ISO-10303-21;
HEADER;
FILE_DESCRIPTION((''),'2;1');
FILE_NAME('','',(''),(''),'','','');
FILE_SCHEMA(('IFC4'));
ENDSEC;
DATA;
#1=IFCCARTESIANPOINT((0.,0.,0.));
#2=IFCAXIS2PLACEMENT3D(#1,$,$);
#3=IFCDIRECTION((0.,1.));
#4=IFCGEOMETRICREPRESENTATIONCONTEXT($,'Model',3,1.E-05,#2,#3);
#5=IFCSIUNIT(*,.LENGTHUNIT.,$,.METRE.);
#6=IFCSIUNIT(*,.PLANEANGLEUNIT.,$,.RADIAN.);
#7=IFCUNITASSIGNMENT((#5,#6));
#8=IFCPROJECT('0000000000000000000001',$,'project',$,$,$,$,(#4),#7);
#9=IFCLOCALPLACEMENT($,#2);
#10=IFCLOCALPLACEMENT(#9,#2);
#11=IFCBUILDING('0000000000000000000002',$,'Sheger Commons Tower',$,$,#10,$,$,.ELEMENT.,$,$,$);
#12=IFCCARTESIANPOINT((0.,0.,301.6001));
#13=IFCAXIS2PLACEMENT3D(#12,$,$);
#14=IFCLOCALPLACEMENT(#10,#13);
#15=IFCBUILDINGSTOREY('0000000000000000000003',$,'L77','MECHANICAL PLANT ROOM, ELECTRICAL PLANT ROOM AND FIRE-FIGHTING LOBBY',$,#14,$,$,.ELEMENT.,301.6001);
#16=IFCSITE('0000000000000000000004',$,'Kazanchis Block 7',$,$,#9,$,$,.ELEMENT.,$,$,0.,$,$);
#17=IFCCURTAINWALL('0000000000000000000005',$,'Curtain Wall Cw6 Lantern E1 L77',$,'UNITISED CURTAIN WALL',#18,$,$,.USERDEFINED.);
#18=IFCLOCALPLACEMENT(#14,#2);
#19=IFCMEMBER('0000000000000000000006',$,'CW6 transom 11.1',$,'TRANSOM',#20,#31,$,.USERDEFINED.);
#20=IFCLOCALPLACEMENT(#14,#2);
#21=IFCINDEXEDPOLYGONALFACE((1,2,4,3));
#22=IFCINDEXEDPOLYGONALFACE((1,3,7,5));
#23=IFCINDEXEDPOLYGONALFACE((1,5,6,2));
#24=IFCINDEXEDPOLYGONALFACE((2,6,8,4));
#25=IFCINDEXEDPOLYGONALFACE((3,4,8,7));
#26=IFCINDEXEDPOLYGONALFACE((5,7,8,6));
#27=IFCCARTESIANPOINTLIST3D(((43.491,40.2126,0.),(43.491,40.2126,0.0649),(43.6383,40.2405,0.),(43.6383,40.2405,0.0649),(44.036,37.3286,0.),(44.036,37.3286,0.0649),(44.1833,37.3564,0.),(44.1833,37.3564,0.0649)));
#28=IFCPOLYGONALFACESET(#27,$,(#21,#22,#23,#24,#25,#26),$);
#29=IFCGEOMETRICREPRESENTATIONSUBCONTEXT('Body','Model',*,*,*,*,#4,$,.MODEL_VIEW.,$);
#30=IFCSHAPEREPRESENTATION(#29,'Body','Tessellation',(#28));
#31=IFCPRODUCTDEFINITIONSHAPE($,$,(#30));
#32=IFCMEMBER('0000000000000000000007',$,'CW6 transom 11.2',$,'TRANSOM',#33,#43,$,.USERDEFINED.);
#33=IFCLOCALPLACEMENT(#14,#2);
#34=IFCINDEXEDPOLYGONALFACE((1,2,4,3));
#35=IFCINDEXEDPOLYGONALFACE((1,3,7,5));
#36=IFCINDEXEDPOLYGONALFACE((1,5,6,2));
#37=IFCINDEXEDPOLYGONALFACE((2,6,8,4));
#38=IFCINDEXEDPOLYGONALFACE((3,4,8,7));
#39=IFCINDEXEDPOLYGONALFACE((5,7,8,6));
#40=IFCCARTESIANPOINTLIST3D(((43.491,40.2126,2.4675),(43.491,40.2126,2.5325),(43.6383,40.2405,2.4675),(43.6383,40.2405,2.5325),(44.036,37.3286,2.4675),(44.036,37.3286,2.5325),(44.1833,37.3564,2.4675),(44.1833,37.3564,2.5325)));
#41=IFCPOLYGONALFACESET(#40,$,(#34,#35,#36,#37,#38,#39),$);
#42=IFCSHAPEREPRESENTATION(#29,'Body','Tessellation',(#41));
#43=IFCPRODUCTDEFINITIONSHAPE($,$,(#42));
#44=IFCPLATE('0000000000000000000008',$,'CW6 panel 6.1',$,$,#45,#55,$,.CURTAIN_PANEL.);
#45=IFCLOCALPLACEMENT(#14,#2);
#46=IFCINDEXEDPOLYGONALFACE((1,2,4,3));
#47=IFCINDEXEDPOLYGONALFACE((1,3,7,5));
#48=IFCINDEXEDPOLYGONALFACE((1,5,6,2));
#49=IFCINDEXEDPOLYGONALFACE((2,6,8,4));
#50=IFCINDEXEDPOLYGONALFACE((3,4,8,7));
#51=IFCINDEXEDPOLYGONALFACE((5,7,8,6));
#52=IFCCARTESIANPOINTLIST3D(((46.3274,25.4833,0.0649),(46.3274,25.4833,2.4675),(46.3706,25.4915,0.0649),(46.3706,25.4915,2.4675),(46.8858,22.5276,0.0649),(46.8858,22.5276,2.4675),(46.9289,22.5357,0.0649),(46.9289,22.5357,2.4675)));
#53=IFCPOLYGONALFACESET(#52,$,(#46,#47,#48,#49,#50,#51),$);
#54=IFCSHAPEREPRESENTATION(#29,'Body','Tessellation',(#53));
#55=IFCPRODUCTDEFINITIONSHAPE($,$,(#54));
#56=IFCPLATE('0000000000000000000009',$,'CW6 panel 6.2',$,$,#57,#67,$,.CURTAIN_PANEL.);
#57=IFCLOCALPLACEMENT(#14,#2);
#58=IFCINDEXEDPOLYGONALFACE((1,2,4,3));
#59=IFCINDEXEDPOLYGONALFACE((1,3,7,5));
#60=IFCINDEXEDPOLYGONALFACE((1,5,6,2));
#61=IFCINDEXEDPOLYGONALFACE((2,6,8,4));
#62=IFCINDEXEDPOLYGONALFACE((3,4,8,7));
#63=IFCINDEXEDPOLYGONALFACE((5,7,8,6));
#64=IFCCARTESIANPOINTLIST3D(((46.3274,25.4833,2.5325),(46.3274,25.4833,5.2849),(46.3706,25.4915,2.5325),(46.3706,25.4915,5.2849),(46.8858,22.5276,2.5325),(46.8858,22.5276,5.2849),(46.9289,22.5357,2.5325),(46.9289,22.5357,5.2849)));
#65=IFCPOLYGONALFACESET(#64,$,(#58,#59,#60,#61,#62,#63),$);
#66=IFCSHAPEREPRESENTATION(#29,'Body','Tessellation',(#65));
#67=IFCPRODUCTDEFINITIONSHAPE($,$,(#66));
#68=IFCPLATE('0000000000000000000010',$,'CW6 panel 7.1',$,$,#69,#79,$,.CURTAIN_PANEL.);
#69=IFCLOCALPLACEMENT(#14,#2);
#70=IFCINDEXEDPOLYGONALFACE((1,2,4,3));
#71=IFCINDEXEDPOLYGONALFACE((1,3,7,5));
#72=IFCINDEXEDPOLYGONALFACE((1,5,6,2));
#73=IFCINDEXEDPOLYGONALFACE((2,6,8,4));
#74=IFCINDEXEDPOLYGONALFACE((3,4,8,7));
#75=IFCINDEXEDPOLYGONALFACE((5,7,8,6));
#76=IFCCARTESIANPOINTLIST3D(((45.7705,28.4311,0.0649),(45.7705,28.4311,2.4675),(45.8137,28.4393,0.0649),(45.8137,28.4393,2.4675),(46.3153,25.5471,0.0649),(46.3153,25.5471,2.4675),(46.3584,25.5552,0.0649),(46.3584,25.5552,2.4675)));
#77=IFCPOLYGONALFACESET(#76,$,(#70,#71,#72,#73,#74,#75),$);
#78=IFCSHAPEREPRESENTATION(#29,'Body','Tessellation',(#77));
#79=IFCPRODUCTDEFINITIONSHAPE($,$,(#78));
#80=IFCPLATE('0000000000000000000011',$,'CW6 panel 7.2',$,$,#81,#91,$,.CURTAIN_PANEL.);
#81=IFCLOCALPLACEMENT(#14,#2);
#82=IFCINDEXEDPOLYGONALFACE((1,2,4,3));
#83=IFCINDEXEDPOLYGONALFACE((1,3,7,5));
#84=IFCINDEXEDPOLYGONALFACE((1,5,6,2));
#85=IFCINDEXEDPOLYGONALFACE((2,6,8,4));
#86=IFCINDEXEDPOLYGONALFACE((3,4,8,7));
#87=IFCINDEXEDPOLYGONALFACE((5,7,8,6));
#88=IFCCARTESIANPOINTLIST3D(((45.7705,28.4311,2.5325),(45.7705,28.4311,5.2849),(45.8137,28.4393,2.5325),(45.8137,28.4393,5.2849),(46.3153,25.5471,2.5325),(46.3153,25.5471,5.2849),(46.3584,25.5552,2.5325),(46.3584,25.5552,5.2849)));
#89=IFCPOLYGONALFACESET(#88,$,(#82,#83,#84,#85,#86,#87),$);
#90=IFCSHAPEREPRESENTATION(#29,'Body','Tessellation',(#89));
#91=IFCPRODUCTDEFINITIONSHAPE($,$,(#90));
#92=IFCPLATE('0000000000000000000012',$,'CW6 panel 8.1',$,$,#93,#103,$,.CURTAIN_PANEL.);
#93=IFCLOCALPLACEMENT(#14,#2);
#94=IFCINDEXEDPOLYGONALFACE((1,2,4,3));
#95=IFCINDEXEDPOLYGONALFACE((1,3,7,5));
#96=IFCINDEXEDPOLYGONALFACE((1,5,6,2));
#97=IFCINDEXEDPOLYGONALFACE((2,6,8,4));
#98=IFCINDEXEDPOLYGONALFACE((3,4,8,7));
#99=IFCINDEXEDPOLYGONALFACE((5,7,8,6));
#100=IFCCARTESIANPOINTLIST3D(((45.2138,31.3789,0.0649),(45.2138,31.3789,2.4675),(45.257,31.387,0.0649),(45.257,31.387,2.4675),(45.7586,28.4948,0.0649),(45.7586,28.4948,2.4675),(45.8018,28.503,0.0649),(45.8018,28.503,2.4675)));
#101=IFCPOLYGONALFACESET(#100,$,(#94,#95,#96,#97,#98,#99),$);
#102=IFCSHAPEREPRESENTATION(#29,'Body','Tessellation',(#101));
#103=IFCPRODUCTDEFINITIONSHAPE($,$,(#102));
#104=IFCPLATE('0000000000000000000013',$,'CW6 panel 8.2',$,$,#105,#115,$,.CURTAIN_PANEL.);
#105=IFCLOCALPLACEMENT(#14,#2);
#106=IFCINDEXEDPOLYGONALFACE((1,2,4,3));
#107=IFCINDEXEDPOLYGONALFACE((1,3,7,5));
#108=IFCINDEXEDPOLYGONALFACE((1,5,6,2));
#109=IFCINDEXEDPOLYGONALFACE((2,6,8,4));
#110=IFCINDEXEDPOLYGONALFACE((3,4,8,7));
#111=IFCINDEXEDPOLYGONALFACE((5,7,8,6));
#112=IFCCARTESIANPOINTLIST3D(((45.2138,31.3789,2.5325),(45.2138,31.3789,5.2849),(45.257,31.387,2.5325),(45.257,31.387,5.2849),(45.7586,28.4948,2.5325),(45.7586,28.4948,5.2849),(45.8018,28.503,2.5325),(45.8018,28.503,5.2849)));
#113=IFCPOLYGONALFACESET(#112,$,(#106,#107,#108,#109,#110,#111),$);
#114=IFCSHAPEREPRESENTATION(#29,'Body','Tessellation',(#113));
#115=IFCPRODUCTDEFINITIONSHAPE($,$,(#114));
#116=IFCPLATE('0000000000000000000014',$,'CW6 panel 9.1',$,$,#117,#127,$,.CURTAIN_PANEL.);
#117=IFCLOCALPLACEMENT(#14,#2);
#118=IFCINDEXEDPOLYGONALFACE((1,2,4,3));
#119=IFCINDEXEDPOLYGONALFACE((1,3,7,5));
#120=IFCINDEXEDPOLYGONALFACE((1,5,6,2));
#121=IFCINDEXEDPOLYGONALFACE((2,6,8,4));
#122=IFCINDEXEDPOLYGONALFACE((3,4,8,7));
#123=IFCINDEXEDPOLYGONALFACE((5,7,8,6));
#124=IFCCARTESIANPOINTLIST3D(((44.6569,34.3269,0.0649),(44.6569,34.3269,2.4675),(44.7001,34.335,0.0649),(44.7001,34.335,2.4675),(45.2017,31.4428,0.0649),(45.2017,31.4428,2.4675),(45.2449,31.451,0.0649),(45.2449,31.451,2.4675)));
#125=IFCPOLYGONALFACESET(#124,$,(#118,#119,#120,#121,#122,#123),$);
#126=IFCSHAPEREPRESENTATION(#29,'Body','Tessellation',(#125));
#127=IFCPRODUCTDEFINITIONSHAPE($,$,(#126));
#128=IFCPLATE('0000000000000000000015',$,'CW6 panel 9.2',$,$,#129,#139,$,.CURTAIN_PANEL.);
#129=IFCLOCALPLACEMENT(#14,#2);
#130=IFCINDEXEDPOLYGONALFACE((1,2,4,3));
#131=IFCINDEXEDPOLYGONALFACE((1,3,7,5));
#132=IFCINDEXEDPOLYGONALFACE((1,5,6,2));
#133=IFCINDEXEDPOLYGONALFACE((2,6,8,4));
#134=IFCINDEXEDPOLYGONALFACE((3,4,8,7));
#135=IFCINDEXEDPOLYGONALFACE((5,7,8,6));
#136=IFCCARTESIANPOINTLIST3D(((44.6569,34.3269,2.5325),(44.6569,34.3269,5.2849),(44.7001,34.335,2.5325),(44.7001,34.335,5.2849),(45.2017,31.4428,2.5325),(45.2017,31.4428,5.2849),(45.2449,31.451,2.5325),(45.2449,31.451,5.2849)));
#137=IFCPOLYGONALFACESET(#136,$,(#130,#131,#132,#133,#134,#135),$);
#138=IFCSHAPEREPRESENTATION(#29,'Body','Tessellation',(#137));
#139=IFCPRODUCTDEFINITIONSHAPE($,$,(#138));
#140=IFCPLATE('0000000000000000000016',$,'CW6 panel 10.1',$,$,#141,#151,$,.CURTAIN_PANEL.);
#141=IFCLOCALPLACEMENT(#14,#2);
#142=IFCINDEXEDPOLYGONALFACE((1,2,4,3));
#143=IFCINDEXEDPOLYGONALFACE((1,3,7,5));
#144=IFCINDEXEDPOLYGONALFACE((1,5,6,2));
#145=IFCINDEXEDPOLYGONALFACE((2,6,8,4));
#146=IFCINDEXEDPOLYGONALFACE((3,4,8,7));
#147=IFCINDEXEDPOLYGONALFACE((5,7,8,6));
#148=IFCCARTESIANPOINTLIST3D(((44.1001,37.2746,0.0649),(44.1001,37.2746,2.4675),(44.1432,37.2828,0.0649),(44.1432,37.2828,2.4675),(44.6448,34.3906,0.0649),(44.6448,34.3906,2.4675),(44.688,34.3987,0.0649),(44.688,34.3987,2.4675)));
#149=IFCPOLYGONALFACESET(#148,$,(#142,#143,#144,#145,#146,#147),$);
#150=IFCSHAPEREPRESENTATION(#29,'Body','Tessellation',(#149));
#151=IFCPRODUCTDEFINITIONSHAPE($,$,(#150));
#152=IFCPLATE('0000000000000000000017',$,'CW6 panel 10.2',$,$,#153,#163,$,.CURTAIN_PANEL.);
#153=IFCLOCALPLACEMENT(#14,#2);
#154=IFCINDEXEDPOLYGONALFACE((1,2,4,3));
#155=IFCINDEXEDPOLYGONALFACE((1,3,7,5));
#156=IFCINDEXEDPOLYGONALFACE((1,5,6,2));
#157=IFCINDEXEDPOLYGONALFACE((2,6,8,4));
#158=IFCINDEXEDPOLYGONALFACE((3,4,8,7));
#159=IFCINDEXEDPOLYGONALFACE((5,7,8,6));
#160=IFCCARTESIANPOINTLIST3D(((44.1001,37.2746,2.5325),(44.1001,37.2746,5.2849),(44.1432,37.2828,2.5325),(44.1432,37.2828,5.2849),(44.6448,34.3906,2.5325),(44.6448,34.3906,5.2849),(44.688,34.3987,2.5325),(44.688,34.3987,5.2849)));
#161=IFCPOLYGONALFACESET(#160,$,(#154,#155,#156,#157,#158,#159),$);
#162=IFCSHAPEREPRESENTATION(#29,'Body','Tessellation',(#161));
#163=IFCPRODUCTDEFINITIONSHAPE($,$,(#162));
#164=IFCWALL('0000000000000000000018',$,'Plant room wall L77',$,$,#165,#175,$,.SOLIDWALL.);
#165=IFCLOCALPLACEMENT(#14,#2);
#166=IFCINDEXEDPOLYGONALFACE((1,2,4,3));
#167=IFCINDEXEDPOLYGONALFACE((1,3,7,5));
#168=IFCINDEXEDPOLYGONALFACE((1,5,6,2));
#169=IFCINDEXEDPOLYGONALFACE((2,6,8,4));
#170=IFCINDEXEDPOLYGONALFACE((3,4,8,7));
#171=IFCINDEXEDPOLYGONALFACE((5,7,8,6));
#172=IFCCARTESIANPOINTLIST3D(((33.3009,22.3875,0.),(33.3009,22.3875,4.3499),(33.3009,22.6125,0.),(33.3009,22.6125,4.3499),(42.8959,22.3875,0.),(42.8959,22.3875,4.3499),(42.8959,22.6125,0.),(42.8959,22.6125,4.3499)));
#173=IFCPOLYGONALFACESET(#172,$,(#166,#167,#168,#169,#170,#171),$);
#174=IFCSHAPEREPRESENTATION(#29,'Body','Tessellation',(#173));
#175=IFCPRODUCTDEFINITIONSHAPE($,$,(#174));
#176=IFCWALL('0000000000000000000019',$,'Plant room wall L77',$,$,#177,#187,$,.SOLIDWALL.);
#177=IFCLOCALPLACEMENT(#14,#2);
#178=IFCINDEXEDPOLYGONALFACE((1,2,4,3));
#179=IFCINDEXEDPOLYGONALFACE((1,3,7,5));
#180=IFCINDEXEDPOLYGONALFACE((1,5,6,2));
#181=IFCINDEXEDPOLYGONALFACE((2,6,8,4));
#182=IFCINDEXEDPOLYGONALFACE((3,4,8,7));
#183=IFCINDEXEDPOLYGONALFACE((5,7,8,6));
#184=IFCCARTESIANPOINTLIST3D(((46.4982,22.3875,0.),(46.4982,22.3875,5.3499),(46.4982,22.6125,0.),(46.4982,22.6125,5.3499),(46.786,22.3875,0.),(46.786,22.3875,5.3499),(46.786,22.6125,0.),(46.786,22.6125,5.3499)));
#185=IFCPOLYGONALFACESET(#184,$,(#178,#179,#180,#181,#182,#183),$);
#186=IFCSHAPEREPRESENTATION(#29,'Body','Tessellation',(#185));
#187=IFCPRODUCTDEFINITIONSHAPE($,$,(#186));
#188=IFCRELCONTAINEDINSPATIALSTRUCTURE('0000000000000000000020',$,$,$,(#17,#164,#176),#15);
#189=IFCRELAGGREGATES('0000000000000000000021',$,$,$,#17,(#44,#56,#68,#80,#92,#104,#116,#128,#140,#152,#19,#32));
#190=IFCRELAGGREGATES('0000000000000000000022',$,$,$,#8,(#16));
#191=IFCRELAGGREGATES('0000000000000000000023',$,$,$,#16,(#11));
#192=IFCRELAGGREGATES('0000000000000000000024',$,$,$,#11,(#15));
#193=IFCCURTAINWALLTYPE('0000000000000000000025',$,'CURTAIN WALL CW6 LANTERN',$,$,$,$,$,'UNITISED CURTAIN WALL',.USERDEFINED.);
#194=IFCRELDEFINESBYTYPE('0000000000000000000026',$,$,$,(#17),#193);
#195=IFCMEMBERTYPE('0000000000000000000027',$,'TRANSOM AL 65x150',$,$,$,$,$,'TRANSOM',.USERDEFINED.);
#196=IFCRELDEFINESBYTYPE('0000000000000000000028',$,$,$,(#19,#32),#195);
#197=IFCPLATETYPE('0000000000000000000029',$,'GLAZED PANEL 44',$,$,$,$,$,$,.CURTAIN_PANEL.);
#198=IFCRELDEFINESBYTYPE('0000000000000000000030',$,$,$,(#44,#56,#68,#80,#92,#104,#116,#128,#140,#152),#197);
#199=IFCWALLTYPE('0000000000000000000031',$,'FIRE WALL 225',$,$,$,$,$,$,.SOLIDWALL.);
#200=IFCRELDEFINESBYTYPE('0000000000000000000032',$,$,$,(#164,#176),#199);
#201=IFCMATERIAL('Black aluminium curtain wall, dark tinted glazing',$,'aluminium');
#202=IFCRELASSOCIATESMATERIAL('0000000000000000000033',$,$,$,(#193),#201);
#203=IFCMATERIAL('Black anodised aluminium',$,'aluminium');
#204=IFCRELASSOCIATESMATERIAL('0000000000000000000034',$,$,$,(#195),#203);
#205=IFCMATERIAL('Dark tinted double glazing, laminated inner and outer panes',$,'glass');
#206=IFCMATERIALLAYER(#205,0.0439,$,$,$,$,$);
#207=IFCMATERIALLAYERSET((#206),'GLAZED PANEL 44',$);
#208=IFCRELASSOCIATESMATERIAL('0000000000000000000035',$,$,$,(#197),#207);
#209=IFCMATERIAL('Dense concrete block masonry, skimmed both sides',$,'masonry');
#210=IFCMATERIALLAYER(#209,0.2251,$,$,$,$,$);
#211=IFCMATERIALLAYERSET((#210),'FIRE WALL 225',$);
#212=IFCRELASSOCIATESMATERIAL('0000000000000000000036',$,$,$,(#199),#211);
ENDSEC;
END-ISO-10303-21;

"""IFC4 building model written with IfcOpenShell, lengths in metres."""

from ifc_helpers import new_model, si_unit, direction, frame, frame_2d, origin, origin_2d, place, context, subcontext, project, spatial, rectangle, extrude, material, layer, layer_set, material_profile, profile_set, type_object, element, aggregate, save


model = new_model("IFC4")

# Units and contexts
model_context = context("Model", 3, precision=1e-05, world=origin(), true_north=direction((0.0, 1.0)))
body_context = subcontext(model_context, "Body", "Model", "MODEL_VIEW")
ifc_project = project(units=[si_unit("LENGTHUNIT", "METRE"), si_unit("PLANEANGLEUNIT", "RADIAN")], contexts=[model_context])

# Site, building, storey
site_placement = place(None, origin())
site = spatial("IfcSite", under=ifc_project, at=site_placement, Name="Kazanchis Block 7", CompositionType="ELEMENT", RefElevation=0.0)
building_placement = place(site_placement, origin())
building = spatial("IfcBuilding", under=site, at=building_placement, Name="Sheger Commons Tower", CompositionType="ELEMENT")
storey_placement = place(building_placement, frame((0.0, 0.0, 301.6001)))
storey = spatial("IfcBuildingStorey", under=building, at=storey_placement, Name="L77", Description="MECHANICAL PLANT ROOM, ELECTRICAL PLANT ROOM AND FIRE-FIGHTING LOBBY", CompositionType="ELEMENT", Elevation=301.6001)

# Curtain wall
ifc_material_1 = material(Name="Black aluminium curtain wall, dark tinted glazing", Category="aluminium")
curtain_wall_type = type_object("IfcCurtainWallType", Name="CURTAIN WALL CW6 LANTERN", ElementType="UNITISED CURTAIN WALL", PredefinedType="USERDEFINED", material=ifc_material_1)
curtain_wall_placement = place(storey_placement, origin())
curtain_wall = element("IfcCurtainWall", 1, at=curtain_wall_placement, inside=storey, type_object=curtain_wall_type, Name="Curtain Wall Cw6 Lantern E1 L77", ObjectType="UNITISED CURTAIN WALL", PredefinedType="USERDEFINED")

# Members
ifc_material_2 = material(Name="Black anodised aluminium", Category="aluminium")
ifc_material_profile_1 = material_profile(ifc_material_2, rectangle(XDim=0.1499, YDim=0.0649, at=origin_2d()), Name="AL 65x150")
ifc_profile_set_1 = profile_set([ifc_material_profile_1], Name="Black anodised aluminium")
member_type_1 = type_object("IfcMemberType", Name="TRANSOM AL 65x150", ElementType="TRANSOM", PredefinedType="USERDEFINED", material=ifc_profile_set_1)
member_1_placement = place(storey_placement, frame((44.1096, 37.3425, 0.0325), z_axis=(-0.185659, 0.982614, 0.0), x_axis=(-0.982614, -0.185659, 0.0)))
member_1 = element("IfcMember", 2, at=member_1_placement, type_object=member_type_1, Name="CW6 transom 11.1", ObjectType="TRANSOM", PredefinedType="USERDEFINED", context=body_context, shape_type="SweptSolid", body=[
    extrude(rectangle(XDim=0.1499, YDim=0.0649, at=origin_2d()), origin(), (0.0, 0.0, 1.0), 2.9351),
])
member_2_placement = place(storey_placement, frame((44.1096, 37.3425, 2.5), z_axis=(-0.185659, 0.982614, 0.0), x_axis=(-0.982614, -0.185659, 0.0)))
member_2 = element("IfcMember", 3, at=member_2_placement, type_object=member_type_1, Name="CW6 transom 11.2", ObjectType="TRANSOM", PredefinedType="USERDEFINED", context=body_context, shape_type="SweptSolid", body=[
    extrude(rectangle(XDim=0.1499, YDim=0.0649, at=origin_2d()), origin(), (0.0, 0.0, 1.0), 2.9351),
])

# Plates
ifc_material_3 = material(Name="Dark tinted double glazing, laminated inner and outer panes", Category="glass")
ifc_layer_1 = layer(ifc_material_3, 0.0439)
ifc_layer_set_1 = layer_set([ifc_layer_1], Name="GLAZED PANEL 44")
plate_type = type_object("IfcPlateType", Name="GLAZED PANEL 44", PredefinedType="CURTAIN_PANEL", material=ifc_layer_set_1)
plate_1_placement = place(storey_placement, frame((46.6282, 24.0095, 0.0649), z_axis=(0.0, 0.0, 1.0), x_axis=(-0.185613, 0.982623, 0.0)))
plate_1 = element("IfcPlate", 4, at=plate_1_placement, type_object=plate_type, Name="CW6 panel 6.1", PredefinedType="CURTAIN_PANEL", context=body_context, shape_type="SweptSolid", body=[
    extrude(rectangle(XDim=3.0081, YDim=0.0439, at=origin_2d()), origin(), (0.0, 0.0, 1.0), 2.4026),
])
plate_2_placement = place(storey_placement, frame((46.6282, 24.0095, 2.5325), z_axis=(0.0, 0.0, 1.0), x_axis=(-0.185613, 0.982623, 0.0)))
plate_2 = element("IfcPlate", 5, at=plate_2_placement, type_object=plate_type, Name="CW6 panel 6.2", PredefinedType="CURTAIN_PANEL", context=body_context, shape_type="SweptSolid", body=[
    extrude(rectangle(XDim=3.0081, YDim=0.0439, at=origin_2d()), origin(), (0.0, 0.0, 1.0), 2.7524),
])
plate_3_placement = place(storey_placement, frame((46.0645, 26.9932, 0.0649), z_axis=(0.0, 0.0, 1.0), x_axis=(-0.185613, 0.982623, 0.0)))
plate_3 = element("IfcPlate", 6, at=plate_3_placement, type_object=plate_type, Name="CW6 panel 7.1", PredefinedType="CURTAIN_PANEL", context=body_context, shape_type="SweptSolid", body=[
    extrude(rectangle(XDim=2.9351, YDim=0.0439, at=origin_2d()), origin(), (0.0, 0.0, 1.0), 2.4026),
])
plate_4_placement = place(storey_placement, frame((46.0645, 26.9932, 2.5325), z_axis=(0.0, 0.0, 1.0), x_axis=(-0.185613, 0.982623, 0.0)))
plate_4 = element("IfcPlate", 7, at=plate_4_placement, type_object=plate_type, Name="CW6 panel 7.2", PredefinedType="CURTAIN_PANEL", context=body_context, shape_type="SweptSolid", body=[
    extrude(rectangle(XDim=2.9351, YDim=0.0439, at=origin_2d()), origin(), (0.0, 0.0, 1.0), 2.7524),
])
plate_5_placement = place(storey_placement, frame((45.5078, 29.9409, 0.0649), z_axis=(0.0, 0.0, 1.0), x_axis=(-0.185613, 0.982623, 0.0)))
plate_5 = element("IfcPlate", 8, at=plate_5_placement, type_object=plate_type, Name="CW6 panel 8.1", PredefinedType="CURTAIN_PANEL", context=body_context, shape_type="SweptSolid", body=[
    extrude(rectangle(XDim=2.9351, YDim=0.0439, at=origin_2d()), origin(), (0.0, 0.0, 1.0), 2.4026),
])
plate_6_placement = place(storey_placement, frame((45.5078, 29.9409, 2.5325), z_axis=(0.0, 0.0, 1.0), x_axis=(-0.185613, 0.982623, 0.0)))
plate_6 = element("IfcPlate", 9, at=plate_6_placement, type_object=plate_type, Name="CW6 panel 8.2", PredefinedType="CURTAIN_PANEL", context=body_context, shape_type="SweptSolid", body=[
    extrude(rectangle(XDim=2.9351, YDim=0.0439, at=origin_2d()), origin(), (0.0, 0.0, 1.0), 2.7524),
])
plate_7_placement = place(storey_placement, frame((44.9509, 32.8889, 0.0649), z_axis=(0.0, 0.0, 1.0), x_axis=(-0.185613, 0.982623, 0.0)))
plate_7 = element("IfcPlate", 10, at=plate_7_placement, type_object=plate_type, Name="CW6 panel 9.1", PredefinedType="CURTAIN_PANEL", context=body_context, shape_type="SweptSolid", body=[
    extrude(rectangle(XDim=2.9351, YDim=0.0439, at=origin_2d()), origin(), (0.0, 0.0, 1.0), 2.4026),
])
plate_8_placement = place(storey_placement, frame((44.9509, 32.8889, 2.5325), z_axis=(0.0, 0.0, 1.0), x_axis=(-0.185613, 0.982623, 0.0)))
plate_8 = element("IfcPlate", 11, at=plate_8_placement, type_object=plate_type, Name="CW6 panel 9.2", PredefinedType="CURTAIN_PANEL", context=body_context, shape_type="SweptSolid", body=[
    extrude(rectangle(XDim=2.9351, YDim=0.0439, at=origin_2d()), origin(), (0.0, 0.0, 1.0), 2.7524),
])
plate_9_placement = place(storey_placement, frame((44.394, 35.8367, 0.0649), z_axis=(0.0, 0.0, 1.0), x_axis=(-0.185613, 0.982623, 0.0)))
plate_9 = element("IfcPlate", 12, at=plate_9_placement, type_object=plate_type, Name="CW6 panel 10.1", PredefinedType="CURTAIN_PANEL", context=body_context, shape_type="SweptSolid", body=[
    extrude(rectangle(XDim=2.9351, YDim=0.0439, at=origin_2d()), origin(), (0.0, 0.0, 1.0), 2.4026),
])
plate_10_placement = place(storey_placement, frame((44.394, 35.8367, 2.5325), z_axis=(0.0, 0.0, 1.0), x_axis=(-0.185613, 0.982623, 0.0)))
plate_10 = element("IfcPlate", 13, at=plate_10_placement, type_object=plate_type, Name="CW6 panel 10.2", PredefinedType="CURTAIN_PANEL", context=body_context, shape_type="SweptSolid", body=[
    extrude(rectangle(XDim=2.9351, YDim=0.0439, at=origin_2d()), origin(), (0.0, 0.0, 1.0), 2.7524),
])
aggregate(curtain_wall, [plate_1, plate_2, plate_3, plate_4, plate_5, plate_6, plate_7, plate_8, plate_9, plate_10, member_1, member_2])

# Walls
ifc_material_4 = material(Name="Dense concrete block masonry, skimmed both sides", Category="masonry")
ifc_layer_2 = layer(ifc_material_4, 0.2251)
ifc_layer_set_2 = layer_set([ifc_layer_2], Name="FIRE WALL 225")
wall_type = type_object("IfcWallType", Name="FIRE WALL 225", PredefinedType="SOLIDWALL", material=ifc_layer_set_2)
wall_1_placement = place(storey_placement, frame((33.301, 22.5, 0.0), z_axis=(0.0, 0.0, 1.0), x_axis=(1.0, 0.0, 0.0)))
element("IfcWall", 14, at=wall_1_placement, inside=storey, type_object=wall_type, Name="Plant room wall L77", PredefinedType="SOLIDWALL", context=body_context, shape_type="SweptSolid", body=[
    extrude(rectangle(XDim=9.595, YDim=0.2251, at=frame_2d((4.7974, 0.0))), origin(), (0.0, 0.0, 1.0), 4.3499),
])
wall_2_placement = place(storey_placement, frame((46.498, 22.5, 0.0), z_axis=(0.0, 0.0, 1.0), x_axis=(1.0, 0.0, 0.0)))
element("IfcWall", 15, at=wall_2_placement, inside=storey, type_object=wall_type, Name="Plant room wall L77", PredefinedType="SOLIDWALL", context=body_context, shape_type="SweptSolid", body=[
    extrude(rectangle(XDim=0.2878, YDim=0.2251, at=frame_2d((0.144, 0.0))), origin(), (0.0, 0.0, 1.0), 5.3499),
])

save(model, "model.ifc")
